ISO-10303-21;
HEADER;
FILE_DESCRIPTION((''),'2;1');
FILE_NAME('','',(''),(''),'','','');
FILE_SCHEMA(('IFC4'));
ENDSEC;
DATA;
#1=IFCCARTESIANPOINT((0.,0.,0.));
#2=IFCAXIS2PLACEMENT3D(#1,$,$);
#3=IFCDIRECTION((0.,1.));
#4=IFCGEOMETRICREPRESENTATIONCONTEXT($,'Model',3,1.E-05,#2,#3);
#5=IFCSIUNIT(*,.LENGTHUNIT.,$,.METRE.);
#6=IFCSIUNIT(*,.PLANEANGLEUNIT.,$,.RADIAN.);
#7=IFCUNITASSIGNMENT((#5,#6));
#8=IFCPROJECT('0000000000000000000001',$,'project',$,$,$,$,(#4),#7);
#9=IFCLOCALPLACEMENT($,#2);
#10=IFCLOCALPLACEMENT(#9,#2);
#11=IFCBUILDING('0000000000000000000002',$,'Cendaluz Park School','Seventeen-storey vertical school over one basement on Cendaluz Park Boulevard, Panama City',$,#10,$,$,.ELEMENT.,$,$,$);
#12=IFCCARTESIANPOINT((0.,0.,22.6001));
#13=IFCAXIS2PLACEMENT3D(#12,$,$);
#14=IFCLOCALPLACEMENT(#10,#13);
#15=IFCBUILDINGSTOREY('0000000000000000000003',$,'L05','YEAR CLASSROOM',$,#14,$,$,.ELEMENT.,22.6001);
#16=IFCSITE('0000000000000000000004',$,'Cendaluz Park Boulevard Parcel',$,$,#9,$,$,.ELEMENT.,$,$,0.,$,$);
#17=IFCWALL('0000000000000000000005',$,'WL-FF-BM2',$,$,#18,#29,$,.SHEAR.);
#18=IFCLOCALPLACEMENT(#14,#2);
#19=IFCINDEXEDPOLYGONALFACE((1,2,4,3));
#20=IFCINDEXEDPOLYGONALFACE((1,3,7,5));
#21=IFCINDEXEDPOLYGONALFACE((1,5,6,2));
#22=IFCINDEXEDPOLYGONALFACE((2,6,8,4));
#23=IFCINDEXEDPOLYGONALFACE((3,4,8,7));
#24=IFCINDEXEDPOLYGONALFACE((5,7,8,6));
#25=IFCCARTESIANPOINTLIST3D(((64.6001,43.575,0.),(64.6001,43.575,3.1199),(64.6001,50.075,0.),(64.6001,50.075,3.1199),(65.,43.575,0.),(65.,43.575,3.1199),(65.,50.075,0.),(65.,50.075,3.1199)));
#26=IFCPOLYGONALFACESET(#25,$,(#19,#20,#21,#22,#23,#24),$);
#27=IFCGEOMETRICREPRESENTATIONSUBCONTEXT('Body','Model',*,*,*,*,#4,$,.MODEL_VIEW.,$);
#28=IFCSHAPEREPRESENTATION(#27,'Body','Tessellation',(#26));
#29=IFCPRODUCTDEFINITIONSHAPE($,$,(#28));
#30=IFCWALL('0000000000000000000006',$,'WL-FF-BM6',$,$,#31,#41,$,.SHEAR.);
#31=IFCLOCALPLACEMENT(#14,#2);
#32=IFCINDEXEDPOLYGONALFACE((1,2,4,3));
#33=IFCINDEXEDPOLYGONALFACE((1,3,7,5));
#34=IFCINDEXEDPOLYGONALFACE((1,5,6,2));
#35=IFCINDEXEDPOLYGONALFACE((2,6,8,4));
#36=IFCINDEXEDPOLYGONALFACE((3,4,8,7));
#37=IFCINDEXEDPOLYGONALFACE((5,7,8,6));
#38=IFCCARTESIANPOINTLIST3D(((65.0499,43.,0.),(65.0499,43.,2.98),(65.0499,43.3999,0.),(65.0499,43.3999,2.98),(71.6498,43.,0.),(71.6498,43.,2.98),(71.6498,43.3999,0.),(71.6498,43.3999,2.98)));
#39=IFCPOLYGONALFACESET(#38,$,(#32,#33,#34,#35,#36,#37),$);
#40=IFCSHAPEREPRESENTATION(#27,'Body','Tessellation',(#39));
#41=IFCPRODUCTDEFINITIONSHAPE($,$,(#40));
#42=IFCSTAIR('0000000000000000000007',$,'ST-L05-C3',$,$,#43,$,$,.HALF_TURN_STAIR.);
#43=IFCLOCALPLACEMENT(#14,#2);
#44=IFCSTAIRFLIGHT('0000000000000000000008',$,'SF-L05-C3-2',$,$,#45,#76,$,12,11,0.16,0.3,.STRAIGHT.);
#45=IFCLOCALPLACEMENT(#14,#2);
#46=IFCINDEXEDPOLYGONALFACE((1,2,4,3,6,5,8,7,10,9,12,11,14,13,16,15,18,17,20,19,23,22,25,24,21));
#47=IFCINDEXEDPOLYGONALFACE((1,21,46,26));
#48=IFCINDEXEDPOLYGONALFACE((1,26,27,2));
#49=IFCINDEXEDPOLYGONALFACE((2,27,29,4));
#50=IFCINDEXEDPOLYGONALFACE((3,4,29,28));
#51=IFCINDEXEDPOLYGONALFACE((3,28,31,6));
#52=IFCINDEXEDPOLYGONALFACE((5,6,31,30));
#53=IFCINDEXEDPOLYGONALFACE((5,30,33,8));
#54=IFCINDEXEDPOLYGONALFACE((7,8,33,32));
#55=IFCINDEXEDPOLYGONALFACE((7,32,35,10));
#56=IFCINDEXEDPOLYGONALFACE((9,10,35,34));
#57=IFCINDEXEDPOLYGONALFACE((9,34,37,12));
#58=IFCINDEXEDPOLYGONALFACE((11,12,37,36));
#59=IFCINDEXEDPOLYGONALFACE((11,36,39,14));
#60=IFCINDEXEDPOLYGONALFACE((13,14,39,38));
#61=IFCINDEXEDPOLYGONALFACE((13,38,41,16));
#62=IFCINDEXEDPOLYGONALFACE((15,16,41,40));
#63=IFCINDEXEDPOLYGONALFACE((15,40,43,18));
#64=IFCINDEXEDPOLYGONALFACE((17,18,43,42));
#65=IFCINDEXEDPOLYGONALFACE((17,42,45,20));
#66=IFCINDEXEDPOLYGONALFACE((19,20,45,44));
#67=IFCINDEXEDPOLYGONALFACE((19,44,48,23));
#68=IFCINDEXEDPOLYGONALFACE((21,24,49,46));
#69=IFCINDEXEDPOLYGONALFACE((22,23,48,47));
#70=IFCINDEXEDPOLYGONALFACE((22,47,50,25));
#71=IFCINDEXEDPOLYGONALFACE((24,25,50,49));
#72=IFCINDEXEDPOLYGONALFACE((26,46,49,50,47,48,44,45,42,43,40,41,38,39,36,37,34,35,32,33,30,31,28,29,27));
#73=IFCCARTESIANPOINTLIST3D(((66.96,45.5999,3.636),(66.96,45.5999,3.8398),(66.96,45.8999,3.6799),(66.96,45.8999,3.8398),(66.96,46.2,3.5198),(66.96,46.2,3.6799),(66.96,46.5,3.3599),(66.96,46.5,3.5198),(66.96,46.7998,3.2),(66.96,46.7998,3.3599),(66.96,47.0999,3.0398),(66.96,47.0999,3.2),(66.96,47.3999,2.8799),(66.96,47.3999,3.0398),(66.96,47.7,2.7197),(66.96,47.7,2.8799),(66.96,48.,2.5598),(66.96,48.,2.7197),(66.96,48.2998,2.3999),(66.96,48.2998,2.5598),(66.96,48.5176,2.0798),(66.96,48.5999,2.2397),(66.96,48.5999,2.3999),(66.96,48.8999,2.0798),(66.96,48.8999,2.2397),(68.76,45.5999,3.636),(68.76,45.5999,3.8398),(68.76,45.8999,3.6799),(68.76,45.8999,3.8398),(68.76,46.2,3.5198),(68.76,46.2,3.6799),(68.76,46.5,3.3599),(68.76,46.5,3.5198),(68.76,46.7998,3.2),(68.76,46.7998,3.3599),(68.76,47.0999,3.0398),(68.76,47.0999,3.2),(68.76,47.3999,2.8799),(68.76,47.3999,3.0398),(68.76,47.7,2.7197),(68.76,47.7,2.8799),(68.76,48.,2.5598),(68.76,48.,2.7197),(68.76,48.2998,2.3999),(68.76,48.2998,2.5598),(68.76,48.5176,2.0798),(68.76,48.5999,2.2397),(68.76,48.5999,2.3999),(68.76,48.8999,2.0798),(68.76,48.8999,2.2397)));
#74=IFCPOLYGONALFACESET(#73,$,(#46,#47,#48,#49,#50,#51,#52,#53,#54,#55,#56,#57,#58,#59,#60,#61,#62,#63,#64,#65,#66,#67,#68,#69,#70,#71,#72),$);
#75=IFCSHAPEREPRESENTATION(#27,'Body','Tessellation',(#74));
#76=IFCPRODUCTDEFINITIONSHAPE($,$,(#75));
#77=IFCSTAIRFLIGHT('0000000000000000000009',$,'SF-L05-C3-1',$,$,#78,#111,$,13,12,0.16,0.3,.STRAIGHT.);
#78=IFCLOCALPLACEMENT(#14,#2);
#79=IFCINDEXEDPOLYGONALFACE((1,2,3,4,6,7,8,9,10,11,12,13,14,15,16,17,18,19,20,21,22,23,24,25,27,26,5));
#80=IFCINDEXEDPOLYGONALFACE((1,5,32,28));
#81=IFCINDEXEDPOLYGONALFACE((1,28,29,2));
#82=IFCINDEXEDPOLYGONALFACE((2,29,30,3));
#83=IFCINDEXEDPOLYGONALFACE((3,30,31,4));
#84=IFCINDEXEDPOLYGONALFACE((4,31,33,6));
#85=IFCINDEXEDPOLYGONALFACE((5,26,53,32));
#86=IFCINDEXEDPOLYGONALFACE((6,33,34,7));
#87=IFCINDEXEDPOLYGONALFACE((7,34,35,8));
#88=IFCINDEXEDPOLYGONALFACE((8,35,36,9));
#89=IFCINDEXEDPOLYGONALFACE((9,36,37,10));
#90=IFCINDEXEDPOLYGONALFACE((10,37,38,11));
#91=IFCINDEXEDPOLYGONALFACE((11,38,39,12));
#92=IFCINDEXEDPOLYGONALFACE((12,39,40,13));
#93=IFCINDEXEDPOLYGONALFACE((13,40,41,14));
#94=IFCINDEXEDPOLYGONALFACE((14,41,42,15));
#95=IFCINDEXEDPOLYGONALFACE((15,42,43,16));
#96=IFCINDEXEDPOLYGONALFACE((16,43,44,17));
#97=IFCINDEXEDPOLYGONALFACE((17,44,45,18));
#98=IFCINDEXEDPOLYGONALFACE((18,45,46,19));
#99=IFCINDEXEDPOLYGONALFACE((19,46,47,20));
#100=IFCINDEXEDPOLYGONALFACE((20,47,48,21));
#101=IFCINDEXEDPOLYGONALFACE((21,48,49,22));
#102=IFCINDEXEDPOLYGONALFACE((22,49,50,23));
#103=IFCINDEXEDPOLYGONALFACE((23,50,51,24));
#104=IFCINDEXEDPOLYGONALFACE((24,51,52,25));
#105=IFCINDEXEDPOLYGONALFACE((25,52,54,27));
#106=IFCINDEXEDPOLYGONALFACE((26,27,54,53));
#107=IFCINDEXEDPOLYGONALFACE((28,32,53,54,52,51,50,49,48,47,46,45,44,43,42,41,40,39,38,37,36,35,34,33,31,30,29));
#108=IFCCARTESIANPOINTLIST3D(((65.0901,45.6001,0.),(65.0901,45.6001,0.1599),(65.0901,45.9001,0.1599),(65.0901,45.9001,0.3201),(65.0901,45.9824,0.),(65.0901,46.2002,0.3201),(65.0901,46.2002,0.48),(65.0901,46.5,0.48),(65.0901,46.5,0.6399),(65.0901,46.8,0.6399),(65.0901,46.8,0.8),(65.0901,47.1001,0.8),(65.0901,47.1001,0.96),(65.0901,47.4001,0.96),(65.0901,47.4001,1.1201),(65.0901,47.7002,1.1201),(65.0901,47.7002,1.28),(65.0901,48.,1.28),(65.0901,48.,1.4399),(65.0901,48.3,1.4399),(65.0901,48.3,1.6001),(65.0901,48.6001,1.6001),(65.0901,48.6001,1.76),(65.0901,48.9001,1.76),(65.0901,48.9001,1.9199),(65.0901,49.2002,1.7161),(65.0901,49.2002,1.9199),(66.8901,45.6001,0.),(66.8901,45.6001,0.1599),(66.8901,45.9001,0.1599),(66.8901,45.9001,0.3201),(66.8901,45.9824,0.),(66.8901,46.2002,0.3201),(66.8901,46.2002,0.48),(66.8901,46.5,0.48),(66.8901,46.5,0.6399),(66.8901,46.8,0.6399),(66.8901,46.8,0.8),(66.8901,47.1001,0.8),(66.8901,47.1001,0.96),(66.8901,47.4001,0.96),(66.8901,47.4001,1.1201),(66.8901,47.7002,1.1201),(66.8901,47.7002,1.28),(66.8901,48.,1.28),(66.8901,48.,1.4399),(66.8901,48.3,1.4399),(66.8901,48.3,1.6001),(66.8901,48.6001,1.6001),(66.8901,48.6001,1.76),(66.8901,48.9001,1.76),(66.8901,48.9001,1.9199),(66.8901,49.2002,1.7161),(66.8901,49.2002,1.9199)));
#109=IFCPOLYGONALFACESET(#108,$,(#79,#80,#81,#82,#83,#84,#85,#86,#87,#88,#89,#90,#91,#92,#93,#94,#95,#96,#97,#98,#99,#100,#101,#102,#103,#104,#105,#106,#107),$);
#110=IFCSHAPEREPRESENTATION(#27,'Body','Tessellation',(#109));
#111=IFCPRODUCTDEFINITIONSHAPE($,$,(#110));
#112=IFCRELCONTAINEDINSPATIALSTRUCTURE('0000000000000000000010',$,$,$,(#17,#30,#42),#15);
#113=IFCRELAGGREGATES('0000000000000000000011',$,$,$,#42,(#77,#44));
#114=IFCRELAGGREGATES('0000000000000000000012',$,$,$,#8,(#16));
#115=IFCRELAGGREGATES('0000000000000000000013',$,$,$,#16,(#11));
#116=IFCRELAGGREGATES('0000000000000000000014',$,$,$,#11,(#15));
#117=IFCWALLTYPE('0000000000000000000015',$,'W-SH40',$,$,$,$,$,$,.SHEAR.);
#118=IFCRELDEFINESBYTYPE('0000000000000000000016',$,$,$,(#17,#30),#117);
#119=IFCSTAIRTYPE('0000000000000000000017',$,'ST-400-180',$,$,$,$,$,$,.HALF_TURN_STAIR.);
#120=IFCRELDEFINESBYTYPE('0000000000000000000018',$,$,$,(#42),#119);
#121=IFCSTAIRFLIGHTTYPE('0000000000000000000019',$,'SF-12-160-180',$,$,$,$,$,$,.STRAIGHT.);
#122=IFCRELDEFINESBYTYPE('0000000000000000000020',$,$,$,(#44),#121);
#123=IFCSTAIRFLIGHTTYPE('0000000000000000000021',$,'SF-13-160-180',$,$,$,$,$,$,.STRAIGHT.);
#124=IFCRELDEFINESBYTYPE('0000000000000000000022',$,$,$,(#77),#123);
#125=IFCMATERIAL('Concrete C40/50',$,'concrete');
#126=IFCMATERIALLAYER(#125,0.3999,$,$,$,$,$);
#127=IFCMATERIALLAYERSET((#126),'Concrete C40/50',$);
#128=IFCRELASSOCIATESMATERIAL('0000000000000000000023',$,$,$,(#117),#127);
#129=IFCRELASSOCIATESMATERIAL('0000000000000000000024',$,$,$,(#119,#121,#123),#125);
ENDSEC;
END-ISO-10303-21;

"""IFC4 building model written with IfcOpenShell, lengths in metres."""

from ifc_helpers import new_model, si_unit, direction, frame, frame_2d, origin, place, context, subcontext, project, spatial, polyline, rectangle, outline, extrude, material, layer, layer_set, type_object, element, aggregate, save


model = new_model("IFC4")

# Units and contexts
model_context = context("Model", 3, precision=1e-05, world=origin(), true_north=direction((0.0, 1.0)))
body_context = subcontext(model_context, "Body", "Model", "MODEL_VIEW")
ifc_project = project(units=[si_unit("LENGTHUNIT", "METRE"), si_unit("PLANEANGLEUNIT", "RADIAN")], contexts=[model_context])

# Site, building, storey
site_placement = place(None, origin())
site = spatial("IfcSite", under=ifc_project, at=site_placement, Name="Cendaluz Park Boulevard Parcel", CompositionType="ELEMENT", RefElevation=0.0)
building_placement = place(site_placement, origin())
building = spatial("IfcBuilding", under=site, at=building_placement, Name="Cendaluz Park School", Description="Seventeen-storey vertical school over one basement on Cendaluz Park Boulevard, Panama City", CompositionType="ELEMENT")
storey_placement = place(building_placement, frame((0.0, 0.0, 22.6001)))
storey = spatial("IfcBuildingStorey", under=building, at=storey_placement, Name="L05", Description="YEAR CLASSROOM", CompositionType="ELEMENT", Elevation=22.6001)

# Shared definitions
ifc_material_1 = material(Name="Concrete C40/50", Category="concrete")

# Walls
ifc_layer_1 = layer(ifc_material_1, 0.3999)
ifc_layer_set_1 = layer_set([ifc_layer_1], Name="Concrete C40/50")
wall_type_1 = type_object("IfcWallType", Name="W-SH40", PredefinedType="SHEAR", material=ifc_layer_set_1)
wall_1_placement = place(storey_placement, frame((64.8, 43.575, 0.0), z_axis=(0.0, 0.0, 1.0), x_axis=(0.0, 1.0, 0.0)))
element("IfcWall", 1, at=wall_1_placement, inside=storey, type_object=wall_type_1, Name="WL-FF-BM2", PredefinedType="SHEAR", context=body_context, shape_type="SweptSolid", body=[
    extrude(rectangle(XDim=6.5, YDim=0.3999, at=frame_2d((3.25, 0.0))), origin(), (0.0, 0.0, 1.0), 3.1199),
])
wall_2_placement = place(storey_placement, frame((65.05, 43.2, 0.0), z_axis=(0.0, 0.0, 1.0), x_axis=(1.0, 0.0, 0.0)))
element("IfcWall", 2, at=wall_2_placement, inside=storey, type_object=wall_type_1, Name="WL-FF-BM6", PredefinedType="SHEAR", context=body_context, shape_type="SweptSolid", body=[
    extrude(rectangle(XDim=6.5999, YDim=0.3999, at=frame_2d((3.2998, 0.0))), origin(), (0.0, 0.0, 1.0), 2.98),
])

# Stair, stair flights
stair_type = type_object("IfcStairType", Name="ST-400-180", PredefinedType="HALF_TURN_STAIR", material=ifc_material_1)
stair_placement = place(storey_placement, origin())
stair = element("IfcStair", 3, at=stair_placement, inside=storey, type_object=stair_type, Name="ST-L05-C3", PredefinedType="HALF_TURN_STAIR")
stair_flight_type_1 = type_object("IfcStairFlightType", Name="SF-12-160-180", PredefinedType="STRAIGHT", material=ifc_material_1)
stair_flight_1_placement = place(storey_placement, frame((67.8601, 48.8999, 2.0798), z_axis=(0.0, 0.0, 1.0), x_axis=(0.0, -1.0, 0.0)))
stair_flight_1 = element("IfcStairFlight", 4, at=stair_flight_1_placement, type_object=stair_flight_type_1, Name="SF-L05-C3-2", NumberOfRisers=12, NumberOfTreads=11, PredefinedType="STRAIGHT", RiserHeight=0.16, TreadLength=0.3, context=body_context, shape_type="SweptSolid", body=[
    extrude(outline(polyline([(0.0, 0.0), (0.0, 0.1599), (0.3, 0.1599), (0.3, 0.3201), (0.6001, 0.3201), (0.6001, 0.48), (0.8999, 0.48), (0.8999, 0.6399), (1.2, 0.6399), (1.2, 0.8), (1.5, 0.8), (1.5, 0.96), (1.8, 0.96), (1.8, 1.1201), (2.1001, 1.1201), (2.1001, 1.28), (2.3999, 1.28), (2.3999, 1.4399), (2.7, 1.4399), (2.7, 1.6001), (3.0, 1.6001), (3.0, 1.76), (3.3, 1.76), (3.3, 1.9199), (3.3, 1.5562), (0.3823, 0.0), (0.0, 0.0)])), frame((0.0, 0.8999, 0.0), z_axis=(0.0, -1.0, 0.0), x_axis=(1.0, 0.0, 0.0)), (0.0, 0.0, 1.0), 1.8),
])
stair_flight_type_2 = type_object("IfcStairFlightType", Name="SF-13-160-180", PredefinedType="STRAIGHT", material=ifc_material_1)
stair_flight_2_placement = place(storey_placement, frame((65.99, 45.6001, 0.0), z_axis=(0.0, 0.0, 1.0), x_axis=(0.0, 1.0, 0.0)))
stair_flight_2 = element("IfcStairFlight", 5, at=stair_flight_2_placement, type_object=stair_flight_type_2, Name="SF-L05-C3-1", NumberOfRisers=13, NumberOfTreads=12, PredefinedType="STRAIGHT", RiserHeight=0.16, TreadLength=0.3, context=body_context, shape_type="SweptSolid", body=[
    extrude(outline(polyline([(0.0, 0.0), (0.0, 0.1599), (0.3, 0.1599), (0.3, 0.3201), (0.6001, 0.3201), (0.6001, 0.48), (0.8999, 0.48), (0.8999, 0.6399), (1.2, 0.6399), (1.2, 0.8), (1.5, 0.8), (1.5, 0.96), (1.8, 0.96), (1.8, 1.1201), (2.1001, 1.1201), (2.1001, 1.28), (2.3999, 1.28), (2.3999, 1.4399), (2.7, 1.4399), (2.7, 1.6001), (3.0, 1.6001), (3.0, 1.76), (3.3, 1.76), (3.3, 1.9199), (3.6001, 1.9199), (3.6001, 2.0801), (3.6001, 1.7161), (0.3823, 0.0), (0.0, 0.0)])), frame((0.0, 0.8999, 0.0), z_axis=(0.0, -1.0, 0.0), x_axis=(1.0, 0.0, 0.0)), (0.0, 0.0, 1.0), 1.8),
])
aggregate(stair, [stair_flight_2, stair_flight_1])

save(model, "model.ifc")
